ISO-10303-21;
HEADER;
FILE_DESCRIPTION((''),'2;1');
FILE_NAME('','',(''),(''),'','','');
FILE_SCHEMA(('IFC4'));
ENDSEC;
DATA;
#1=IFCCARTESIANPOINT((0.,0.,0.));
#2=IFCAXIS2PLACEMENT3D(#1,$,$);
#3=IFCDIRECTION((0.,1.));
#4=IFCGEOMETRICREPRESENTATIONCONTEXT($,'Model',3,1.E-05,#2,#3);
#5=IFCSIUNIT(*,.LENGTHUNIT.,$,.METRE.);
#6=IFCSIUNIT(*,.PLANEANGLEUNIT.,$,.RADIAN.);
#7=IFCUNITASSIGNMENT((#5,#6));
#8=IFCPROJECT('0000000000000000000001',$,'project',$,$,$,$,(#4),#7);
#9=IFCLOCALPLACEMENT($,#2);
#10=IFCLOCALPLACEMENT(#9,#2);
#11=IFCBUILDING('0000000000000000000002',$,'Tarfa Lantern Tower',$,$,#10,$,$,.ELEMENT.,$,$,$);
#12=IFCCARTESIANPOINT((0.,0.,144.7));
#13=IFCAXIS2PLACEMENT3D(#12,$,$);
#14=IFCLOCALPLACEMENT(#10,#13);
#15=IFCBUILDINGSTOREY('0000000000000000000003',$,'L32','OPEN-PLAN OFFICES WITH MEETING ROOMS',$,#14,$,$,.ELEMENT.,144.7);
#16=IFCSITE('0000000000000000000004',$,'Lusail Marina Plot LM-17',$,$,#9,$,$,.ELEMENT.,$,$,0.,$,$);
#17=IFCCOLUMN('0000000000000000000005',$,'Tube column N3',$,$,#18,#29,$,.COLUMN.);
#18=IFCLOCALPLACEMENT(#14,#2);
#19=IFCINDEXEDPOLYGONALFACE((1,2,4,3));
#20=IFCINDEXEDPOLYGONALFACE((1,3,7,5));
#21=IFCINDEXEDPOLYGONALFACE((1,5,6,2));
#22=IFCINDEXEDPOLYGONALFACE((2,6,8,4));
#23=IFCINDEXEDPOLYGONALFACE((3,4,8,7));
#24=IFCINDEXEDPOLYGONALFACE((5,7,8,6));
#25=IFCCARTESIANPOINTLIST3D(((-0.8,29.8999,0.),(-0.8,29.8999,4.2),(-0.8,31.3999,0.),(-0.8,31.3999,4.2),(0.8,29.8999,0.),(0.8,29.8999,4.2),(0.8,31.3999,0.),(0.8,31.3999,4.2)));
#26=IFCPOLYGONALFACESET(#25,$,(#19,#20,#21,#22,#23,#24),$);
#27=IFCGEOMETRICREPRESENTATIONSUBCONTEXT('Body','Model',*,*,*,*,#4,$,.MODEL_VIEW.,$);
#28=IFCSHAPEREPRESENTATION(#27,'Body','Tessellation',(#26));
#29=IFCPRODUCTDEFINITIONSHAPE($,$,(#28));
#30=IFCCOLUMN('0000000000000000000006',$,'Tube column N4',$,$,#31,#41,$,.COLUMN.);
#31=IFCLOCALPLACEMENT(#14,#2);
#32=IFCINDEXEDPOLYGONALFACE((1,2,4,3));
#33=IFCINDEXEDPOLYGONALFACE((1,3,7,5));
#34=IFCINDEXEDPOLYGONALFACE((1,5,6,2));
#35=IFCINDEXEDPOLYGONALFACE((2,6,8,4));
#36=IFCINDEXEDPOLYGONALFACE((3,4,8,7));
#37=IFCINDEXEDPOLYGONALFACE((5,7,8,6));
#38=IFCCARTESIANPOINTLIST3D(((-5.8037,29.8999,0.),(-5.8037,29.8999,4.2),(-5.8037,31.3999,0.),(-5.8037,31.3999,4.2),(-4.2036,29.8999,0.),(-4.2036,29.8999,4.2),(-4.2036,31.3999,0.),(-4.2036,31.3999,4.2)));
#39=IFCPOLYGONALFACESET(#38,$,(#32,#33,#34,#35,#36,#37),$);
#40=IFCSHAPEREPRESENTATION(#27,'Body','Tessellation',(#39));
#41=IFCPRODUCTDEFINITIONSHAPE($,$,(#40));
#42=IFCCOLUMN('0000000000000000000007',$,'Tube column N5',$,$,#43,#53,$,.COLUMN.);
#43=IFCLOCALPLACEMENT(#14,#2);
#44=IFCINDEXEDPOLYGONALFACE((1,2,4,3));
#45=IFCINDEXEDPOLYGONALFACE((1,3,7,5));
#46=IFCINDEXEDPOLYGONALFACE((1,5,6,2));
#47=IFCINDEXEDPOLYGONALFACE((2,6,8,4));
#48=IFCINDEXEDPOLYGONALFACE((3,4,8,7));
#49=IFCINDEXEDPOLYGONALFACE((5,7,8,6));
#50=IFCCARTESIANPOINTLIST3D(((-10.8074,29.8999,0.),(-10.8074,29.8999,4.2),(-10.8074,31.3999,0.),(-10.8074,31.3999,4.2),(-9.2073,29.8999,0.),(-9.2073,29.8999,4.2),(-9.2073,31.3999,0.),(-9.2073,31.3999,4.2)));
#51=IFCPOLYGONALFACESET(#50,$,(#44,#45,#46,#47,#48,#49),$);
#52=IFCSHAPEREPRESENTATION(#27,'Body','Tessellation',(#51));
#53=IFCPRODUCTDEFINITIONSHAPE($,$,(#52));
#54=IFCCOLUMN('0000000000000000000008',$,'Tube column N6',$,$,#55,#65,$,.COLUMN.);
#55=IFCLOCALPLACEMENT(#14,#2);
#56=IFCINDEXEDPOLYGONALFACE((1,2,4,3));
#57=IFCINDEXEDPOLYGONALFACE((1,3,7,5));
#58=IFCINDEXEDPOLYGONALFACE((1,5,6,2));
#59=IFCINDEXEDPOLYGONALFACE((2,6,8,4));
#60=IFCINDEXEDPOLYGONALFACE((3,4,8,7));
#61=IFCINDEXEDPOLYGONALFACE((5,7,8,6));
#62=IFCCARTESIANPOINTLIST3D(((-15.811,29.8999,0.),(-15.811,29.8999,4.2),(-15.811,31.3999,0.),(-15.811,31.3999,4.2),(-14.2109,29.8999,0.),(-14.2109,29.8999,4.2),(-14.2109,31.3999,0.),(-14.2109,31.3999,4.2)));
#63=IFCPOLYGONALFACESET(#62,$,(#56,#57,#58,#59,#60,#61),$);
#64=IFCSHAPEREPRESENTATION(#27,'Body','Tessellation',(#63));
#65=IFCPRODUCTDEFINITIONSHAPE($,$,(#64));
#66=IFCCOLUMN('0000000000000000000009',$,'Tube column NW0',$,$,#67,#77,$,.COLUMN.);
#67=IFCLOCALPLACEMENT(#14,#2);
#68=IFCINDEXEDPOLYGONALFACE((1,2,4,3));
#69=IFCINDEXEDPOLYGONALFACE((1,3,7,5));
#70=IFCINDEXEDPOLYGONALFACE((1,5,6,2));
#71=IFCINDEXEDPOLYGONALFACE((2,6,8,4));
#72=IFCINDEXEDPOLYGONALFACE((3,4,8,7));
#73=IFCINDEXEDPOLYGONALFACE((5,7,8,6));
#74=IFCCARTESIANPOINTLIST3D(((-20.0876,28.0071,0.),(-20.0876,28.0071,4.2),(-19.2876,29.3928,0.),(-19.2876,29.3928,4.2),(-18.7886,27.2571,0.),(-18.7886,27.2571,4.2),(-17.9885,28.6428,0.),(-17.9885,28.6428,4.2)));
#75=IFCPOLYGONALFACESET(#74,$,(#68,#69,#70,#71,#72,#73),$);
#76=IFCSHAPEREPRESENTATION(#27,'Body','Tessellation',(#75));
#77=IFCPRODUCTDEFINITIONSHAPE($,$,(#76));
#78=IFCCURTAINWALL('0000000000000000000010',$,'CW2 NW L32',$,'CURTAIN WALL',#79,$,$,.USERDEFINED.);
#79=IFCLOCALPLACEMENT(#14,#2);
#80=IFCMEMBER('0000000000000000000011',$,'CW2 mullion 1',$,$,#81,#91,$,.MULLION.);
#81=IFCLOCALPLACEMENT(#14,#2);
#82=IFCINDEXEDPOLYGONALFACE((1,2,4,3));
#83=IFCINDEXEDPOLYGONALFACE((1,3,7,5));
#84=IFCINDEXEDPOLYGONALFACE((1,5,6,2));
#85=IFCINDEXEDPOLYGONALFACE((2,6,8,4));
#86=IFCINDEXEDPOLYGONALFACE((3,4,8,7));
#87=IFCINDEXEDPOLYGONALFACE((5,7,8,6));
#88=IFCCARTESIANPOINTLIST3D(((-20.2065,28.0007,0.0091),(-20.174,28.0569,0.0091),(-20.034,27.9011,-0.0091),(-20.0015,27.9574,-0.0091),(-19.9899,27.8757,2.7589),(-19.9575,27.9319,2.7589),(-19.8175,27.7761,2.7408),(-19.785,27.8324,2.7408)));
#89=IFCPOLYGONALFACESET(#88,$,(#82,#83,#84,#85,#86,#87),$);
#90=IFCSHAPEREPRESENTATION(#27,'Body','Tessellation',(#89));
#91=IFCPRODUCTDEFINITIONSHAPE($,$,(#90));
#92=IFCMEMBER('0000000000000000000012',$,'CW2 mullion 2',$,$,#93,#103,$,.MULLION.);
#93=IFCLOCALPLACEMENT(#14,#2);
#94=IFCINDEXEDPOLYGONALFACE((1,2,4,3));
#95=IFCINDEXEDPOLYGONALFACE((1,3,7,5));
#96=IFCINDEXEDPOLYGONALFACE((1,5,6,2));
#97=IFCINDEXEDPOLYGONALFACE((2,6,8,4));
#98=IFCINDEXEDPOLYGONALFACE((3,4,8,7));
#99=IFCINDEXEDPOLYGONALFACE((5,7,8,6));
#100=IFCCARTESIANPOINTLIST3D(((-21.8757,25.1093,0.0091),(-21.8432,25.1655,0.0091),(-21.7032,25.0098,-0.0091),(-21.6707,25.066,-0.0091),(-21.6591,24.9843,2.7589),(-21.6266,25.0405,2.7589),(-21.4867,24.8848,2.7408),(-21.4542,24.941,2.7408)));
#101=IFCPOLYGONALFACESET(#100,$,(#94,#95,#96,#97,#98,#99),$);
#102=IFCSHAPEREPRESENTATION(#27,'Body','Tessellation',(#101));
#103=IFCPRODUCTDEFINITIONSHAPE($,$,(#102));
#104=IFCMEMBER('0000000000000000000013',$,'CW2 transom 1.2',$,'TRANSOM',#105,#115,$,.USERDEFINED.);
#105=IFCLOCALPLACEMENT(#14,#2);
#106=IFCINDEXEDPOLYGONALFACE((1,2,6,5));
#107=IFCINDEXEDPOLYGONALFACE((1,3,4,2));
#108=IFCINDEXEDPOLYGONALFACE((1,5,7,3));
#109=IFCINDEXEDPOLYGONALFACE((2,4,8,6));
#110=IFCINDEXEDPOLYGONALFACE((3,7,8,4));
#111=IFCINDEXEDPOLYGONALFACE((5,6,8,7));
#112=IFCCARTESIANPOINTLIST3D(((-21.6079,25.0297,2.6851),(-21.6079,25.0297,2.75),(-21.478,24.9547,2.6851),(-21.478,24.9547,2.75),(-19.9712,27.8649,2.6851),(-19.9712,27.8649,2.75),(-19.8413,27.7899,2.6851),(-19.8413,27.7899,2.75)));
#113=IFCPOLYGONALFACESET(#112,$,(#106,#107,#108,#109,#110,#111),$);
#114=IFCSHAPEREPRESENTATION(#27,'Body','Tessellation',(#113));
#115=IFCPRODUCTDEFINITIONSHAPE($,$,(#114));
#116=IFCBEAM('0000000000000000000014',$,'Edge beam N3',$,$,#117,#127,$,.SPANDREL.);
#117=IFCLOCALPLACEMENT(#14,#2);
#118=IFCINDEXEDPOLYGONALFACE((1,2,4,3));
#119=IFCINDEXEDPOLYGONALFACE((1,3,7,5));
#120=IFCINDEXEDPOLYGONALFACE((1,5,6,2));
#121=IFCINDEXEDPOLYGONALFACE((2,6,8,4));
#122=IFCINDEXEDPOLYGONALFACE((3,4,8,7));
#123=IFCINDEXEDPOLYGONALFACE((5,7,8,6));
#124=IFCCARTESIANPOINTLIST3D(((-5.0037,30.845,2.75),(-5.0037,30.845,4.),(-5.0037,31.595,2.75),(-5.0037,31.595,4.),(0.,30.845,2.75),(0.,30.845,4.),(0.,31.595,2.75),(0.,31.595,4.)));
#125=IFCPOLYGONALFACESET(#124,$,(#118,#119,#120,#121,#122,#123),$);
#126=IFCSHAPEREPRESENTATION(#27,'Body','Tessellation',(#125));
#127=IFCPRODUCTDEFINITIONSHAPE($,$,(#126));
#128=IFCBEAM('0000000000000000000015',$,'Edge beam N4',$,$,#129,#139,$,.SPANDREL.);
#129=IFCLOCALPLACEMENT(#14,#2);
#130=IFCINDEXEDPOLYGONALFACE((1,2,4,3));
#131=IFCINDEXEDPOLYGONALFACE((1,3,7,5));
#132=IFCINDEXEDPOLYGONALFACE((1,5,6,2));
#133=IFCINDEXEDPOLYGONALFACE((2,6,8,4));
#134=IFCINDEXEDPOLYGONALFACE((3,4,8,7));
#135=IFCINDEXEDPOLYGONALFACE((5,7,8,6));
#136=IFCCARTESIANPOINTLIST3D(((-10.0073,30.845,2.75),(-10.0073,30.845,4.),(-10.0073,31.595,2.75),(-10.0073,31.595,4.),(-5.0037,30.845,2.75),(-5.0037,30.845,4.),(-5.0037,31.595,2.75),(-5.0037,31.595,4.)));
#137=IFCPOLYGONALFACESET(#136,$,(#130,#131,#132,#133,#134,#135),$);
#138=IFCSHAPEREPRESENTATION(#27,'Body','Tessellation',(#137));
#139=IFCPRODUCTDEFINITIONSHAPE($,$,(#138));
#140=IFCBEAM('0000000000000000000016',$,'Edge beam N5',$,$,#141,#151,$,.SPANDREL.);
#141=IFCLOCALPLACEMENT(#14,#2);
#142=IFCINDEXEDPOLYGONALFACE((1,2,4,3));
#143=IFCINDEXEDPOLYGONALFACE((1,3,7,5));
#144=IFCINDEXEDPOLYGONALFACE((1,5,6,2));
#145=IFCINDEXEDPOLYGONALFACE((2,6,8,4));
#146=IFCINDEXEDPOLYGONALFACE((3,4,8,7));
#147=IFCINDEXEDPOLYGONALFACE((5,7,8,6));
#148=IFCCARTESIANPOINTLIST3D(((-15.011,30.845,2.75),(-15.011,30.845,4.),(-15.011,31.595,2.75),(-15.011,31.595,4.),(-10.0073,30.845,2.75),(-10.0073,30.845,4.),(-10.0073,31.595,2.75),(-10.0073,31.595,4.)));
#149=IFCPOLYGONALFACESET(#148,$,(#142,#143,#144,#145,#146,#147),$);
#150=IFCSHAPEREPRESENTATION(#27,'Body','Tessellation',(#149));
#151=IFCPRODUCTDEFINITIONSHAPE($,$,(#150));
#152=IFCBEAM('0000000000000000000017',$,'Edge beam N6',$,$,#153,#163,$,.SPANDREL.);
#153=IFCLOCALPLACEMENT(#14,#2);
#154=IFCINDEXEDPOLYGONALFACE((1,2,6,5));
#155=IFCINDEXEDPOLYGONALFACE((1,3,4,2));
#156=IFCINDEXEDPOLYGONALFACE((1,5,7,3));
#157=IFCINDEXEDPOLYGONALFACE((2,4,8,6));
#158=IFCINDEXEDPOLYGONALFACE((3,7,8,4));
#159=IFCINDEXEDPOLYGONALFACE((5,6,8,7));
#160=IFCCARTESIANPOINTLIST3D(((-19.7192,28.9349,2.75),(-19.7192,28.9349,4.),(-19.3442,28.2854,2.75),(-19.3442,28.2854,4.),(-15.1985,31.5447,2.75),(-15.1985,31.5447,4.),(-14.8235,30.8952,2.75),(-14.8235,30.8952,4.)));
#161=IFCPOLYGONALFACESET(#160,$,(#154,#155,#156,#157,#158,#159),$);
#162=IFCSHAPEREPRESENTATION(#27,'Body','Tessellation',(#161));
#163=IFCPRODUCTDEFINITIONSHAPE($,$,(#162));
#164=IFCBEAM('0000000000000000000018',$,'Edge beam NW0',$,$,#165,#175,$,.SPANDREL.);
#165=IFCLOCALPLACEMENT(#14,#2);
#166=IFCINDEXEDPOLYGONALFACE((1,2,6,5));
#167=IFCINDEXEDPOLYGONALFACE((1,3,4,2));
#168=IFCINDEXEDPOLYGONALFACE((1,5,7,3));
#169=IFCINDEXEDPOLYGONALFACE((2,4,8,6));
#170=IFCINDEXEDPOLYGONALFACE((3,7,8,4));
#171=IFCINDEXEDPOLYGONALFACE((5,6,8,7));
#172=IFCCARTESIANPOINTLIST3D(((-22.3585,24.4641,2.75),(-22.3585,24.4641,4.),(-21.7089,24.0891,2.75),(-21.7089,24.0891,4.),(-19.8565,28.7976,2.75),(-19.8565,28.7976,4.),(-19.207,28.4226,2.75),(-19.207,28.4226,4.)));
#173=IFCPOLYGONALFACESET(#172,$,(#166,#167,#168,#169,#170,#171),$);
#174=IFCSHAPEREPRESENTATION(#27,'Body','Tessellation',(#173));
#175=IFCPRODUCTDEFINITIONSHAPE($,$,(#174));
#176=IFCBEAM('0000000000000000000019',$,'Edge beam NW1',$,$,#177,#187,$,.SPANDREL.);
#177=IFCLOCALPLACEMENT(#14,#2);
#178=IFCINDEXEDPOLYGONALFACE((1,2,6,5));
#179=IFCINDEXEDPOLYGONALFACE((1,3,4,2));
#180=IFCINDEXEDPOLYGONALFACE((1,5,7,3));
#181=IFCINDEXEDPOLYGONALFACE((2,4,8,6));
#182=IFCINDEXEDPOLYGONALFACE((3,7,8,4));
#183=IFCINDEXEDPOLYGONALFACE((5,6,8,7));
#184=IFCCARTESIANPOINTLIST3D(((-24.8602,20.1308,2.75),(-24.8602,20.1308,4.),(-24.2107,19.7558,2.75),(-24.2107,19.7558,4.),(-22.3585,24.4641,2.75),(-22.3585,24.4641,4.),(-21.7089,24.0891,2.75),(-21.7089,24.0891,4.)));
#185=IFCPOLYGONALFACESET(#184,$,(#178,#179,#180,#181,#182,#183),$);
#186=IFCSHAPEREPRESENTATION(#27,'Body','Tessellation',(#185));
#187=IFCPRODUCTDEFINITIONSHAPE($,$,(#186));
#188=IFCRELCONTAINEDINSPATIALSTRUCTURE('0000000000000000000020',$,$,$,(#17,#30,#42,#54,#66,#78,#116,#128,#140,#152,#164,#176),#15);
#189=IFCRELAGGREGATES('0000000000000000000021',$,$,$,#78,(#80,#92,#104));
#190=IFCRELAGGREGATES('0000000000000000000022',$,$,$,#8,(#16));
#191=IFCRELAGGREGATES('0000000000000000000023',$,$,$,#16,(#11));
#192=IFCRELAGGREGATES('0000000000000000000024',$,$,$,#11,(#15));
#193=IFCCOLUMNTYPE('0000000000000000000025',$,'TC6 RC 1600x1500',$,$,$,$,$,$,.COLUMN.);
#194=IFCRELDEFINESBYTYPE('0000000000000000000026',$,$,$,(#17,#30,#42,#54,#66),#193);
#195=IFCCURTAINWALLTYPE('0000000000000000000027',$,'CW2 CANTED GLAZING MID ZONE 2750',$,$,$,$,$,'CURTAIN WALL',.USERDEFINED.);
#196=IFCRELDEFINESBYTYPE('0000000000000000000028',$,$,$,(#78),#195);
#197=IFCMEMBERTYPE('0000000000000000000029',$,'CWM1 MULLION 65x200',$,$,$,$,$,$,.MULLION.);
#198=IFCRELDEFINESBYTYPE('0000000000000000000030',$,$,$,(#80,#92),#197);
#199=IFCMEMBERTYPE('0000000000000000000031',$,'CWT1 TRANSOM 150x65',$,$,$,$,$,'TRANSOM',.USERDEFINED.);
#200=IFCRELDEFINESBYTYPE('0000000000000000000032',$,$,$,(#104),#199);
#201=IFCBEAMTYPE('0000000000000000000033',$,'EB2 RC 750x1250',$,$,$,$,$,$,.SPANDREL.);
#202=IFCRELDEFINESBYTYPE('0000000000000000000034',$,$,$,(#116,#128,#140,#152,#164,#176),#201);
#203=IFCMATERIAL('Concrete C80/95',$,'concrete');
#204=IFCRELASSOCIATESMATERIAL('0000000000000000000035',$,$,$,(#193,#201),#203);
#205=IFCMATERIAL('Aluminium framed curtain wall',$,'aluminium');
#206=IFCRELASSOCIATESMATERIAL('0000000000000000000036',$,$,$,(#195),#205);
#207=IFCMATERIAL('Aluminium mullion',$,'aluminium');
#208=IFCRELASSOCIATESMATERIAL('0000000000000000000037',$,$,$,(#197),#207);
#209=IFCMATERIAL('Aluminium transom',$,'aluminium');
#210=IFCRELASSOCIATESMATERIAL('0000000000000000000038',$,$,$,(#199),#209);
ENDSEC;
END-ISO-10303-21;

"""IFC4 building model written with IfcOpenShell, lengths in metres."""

from ifc_helpers import new_model, si_unit, direction, frame, origin, origin_2d, place, context, subcontext, project, spatial, rectangle, extrude, material, material_profile, profile_set, type_object, element, aggregate, save


model = new_model("IFC4")

# Units and contexts
model_context = context("Model", 3, precision=1e-05, world=origin(), true_north=direction((0.0, 1.0)))
body_context = subcontext(model_context, "Body", "Model", "MODEL_VIEW")
ifc_project = project(units=[si_unit("LENGTHUNIT", "METRE"), si_unit("PLANEANGLEUNIT", "RADIAN")], contexts=[model_context])

# Site, building, storey
site_placement = place(None, origin())
site = spatial("IfcSite", under=ifc_project, at=site_placement, Name="Lusail Marina Plot LM-17", CompositionType="ELEMENT", RefElevation=0.0)
building_placement = place(site_placement, origin())
building = spatial("IfcBuilding", under=site, at=building_placement, Name="Tarfa Lantern Tower", CompositionType="ELEMENT")
storey_placement = place(building_placement, frame((0.0, 0.0, 144.7)))
storey = spatial("IfcBuildingStorey", under=building, at=storey_placement, Name="L32", Description="OPEN-PLAN OFFICES WITH MEETING ROOMS", CompositionType="ELEMENT", Elevation=144.7)

# Columns
ifc_material_1 = material(Name="Concrete C80/95", Category="concrete")
ifc_material_profile_1 = material_profile(ifc_material_1, rectangle(XDim=1.6001, YDim=1.5, at=origin_2d()), Name="RC 1600x1500")
ifc_profile_set_1 = profile_set([ifc_material_profile_1], Name="Concrete C80/95")
column_type = type_object("IfcColumnType", Name="TC6 RC 1600x1500", PredefinedType="COLUMN", material=ifc_profile_set_1)
for number, where, z_axis, x_axis, name in (
    (1, (0.0, 30.6499, 0.0), (0.0, 0.0, 1.0), (-1.0, 0.0, 0.0), "Tube column N3"),
    (2, (-5.0037, 30.6499, 0.0), (0.0, 0.0, 1.0), (-1.0, 0.0, 0.0), "Tube column N4"),
    (3, (-10.0073, 30.6499, 0.0), (0.0, 0.0, 1.0), (-1.0, 0.0, 0.0), "Tube column N5"),
    (4, (-15.011, 30.6499, 0.0), (0.0, 0.0, 1.0), (-1.0, 0.0, 0.0), "Tube column N6"),
    (5, (-19.0381, 28.325, 0.0), (0.0, 0.0, 1.0), (-0.5, -0.866025, 0.0), "Tube column NW0"),
):
    element("IfcColumn", number, at=place(storey_placement, frame(where, z_axis=z_axis, x_axis=x_axis)), inside=storey, type_object=column_type, Name=name, PredefinedType="COLUMN", context=body_context, shape_type="SweptSolid", body=[
        extrude(rectangle(XDim=1.6001, YDim=1.5, at=origin_2d()), origin(), (0.0, 0.0, 1.0), 4.2),
    ])

# Curtain wall, members
ifc_material_2 = material(Name="Aluminium framed curtain wall", Category="aluminium")
curtain_wall_type = type_object("IfcCurtainWallType", Name="CW2 CANTED GLAZING MID ZONE 2750", ElementType="CURTAIN WALL", PredefinedType="USERDEFINED", material=ifc_material_2)
curtain_wall_placement = place(storey_placement, origin())
curtain_wall = element("IfcCurtainWall", 6, at=curtain_wall_placement, inside=storey, type_object=curtain_wall_type, Name="CW2 NW L32", ObjectType="CURTAIN WALL", PredefinedType="USERDEFINED")
ifc_material_3 = material(Name="Aluminium mullion", Category="aluminium")
ifc_material_profile_2 = material_profile(ifc_material_3, rectangle(XDim=0.0649, YDim=0.2, at=origin_2d()), Name="AL MULLION 65x200")
ifc_profile_set_2 = profile_set([ifc_material_profile_2], Name="Aluminium mullion")
member_type_1 = type_object("IfcMemberType", Name="CWM1 MULLION 65x200", PredefinedType="MULLION", material=ifc_profile_set_2)
member_1_placement = place(storey_placement, frame((-20.104, 27.979, 0.0), z_axis=(0.078423, -0.045268, 0.995892), x_axis=(0.49992, 0.866072, 0.0)))
member_1 = element("IfcMember", 7, at=member_1_placement, type_object=member_type_1, Name="CW2 mullion 1", PredefinedType="MULLION", context=body_context, shape_type="SweptSolid", body=[
    extrude(rectangle(XDim=0.0649, YDim=0.2, at=origin_2d()), origin(), (0.0, 0.0, 1.0), 2.7612),
])
member_2_placement = place(storey_placement, frame((-21.7732, 25.0876, 0.0), z_axis=(0.078423, -0.045268, 0.995892), x_axis=(0.49992, 0.866072, 0.0)))
member_2 = element("IfcMember", 8, at=member_2_placement, type_object=member_type_1, Name="CW2 mullion 2", PredefinedType="MULLION", context=body_context, shape_type="SweptSolid", body=[
    extrude(rectangle(XDim=0.0649, YDim=0.2, at=origin_2d()), origin(), (0.0, 0.0, 1.0), 2.7612),
])
ifc_material_4 = material(Name="Aluminium transom", Category="aluminium")
ifc_material_profile_3 = material_profile(ifc_material_4, rectangle(XDim=0.1499, YDim=0.0649, at=origin_2d()), Name="AL TRANSOM 150x65")
ifc_profile_set_3 = profile_set([ifc_material_profile_3], Name="Aluminium transom")
member_type_2 = type_object("IfcMemberType", Name="CWT1 TRANSOM 150x65", ElementType="TRANSOM", PredefinedType="USERDEFINED", material=ifc_profile_set_3)
member_3_placement = place(storey_placement, frame((-19.9062, 27.8274, 2.7175), z_axis=(-0.499957, -0.86605, 0.0), x_axis=(0.86605, -0.499957, 0.0)))
member_3 = element("IfcMember", 9, at=member_3_placement, type_object=member_type_2, Name="CW2 transom 1.2", ObjectType="TRANSOM", PredefinedType="USERDEFINED", context=body_context, shape_type="SweptSolid", body=[
    extrude(rectangle(XDim=0.1499, YDim=0.0649, at=origin_2d()), origin(), (0.0, 0.0, 1.0), 3.2737),
])

# Beams
ifc_material_profile_4 = material_profile(ifc_material_1, rectangle(XDim=0.75, YDim=1.25, at=origin_2d()), Name="RC 750x1250")
ifc_profile_set_4 = profile_set([ifc_material_profile_4], Name="Concrete C80/95")
beam_type_1 = type_object("IfcBeamType", Name="EB2 RC 750x1250", PredefinedType="SPANDREL", material=ifc_profile_set_4)
for number, where, z_axis, x_axis, name in (
    (10, (0.0, 31.22, 3.375), (-1.0, 0.0, 0.0), (0.0, -1.0, 0.0), "Edge beam N3"),
    (11, (-5.0037, 31.22, 3.375), (-1.0, 0.0, 0.0), (0.0, -1.0, 0.0), "Edge beam N4"),
    (12, (-10.0073, 31.22, 3.375), (-1.0, 0.0, 0.0), (0.0, -1.0, 0.0), "Edge beam N5"),
):
    element("IfcBeam", number, at=place(storey_placement, frame(where, z_axis=z_axis, x_axis=x_axis)), inside=storey, type_object=beam_type_1, Name=name, PredefinedType="SPANDREL", context=body_context, shape_type="SweptSolid", body=[
        extrude(rectangle(XDim=0.75, YDim=1.25, at=origin_2d()), origin(), (0.0, 0.0, 1.0), 5.0037),
    ])
beam_1_placement = place(storey_placement, frame((-15.011, 31.22, 3.375), z_axis=(-0.866042, -0.499972, 0.0), x_axis=(0.499972, -0.866042, 0.0)))
element("IfcBeam", 13, at=beam_1_placement, inside=storey, type_object=beam_type_1, Name="Edge beam N6", PredefinedType="SPANDREL", context=body_context, shape_type="SweptSolid", body=[
    extrude(rectangle(XDim=0.75, YDim=1.25, at=origin_2d()), origin(), (0.0, 0.0, 1.0), 5.22),
])
beam_2_placement = place(storey_placement, frame((-19.5317, 28.6101, 3.375), z_axis=(-0.500001, -0.866025, 0.0), x_axis=(0.866025, -0.500001, 0.0)))
element("IfcBeam", 14, at=beam_2_placement, inside=storey, type_object=beam_type_1, Name="Edge beam NW0", PredefinedType="SPANDREL", context=body_context, shape_type="SweptSolid", body=[
    extrude(rectangle(XDim=0.75, YDim=1.25, at=origin_2d()), origin(), (0.0, 0.0, 1.0), 5.0039),
])
beam_3_placement = place(storey_placement, frame((-22.0337, 24.2766, 3.375), z_axis=(-0.499986, -0.866034, 0.0), x_axis=(0.866034, -0.499986, 0.0)))
element("IfcBeam", 15, at=beam_3_placement, inside=storey, type_object=beam_type_1, Name="Edge beam NW1", PredefinedType="SPANDREL", context=body_context, shape_type="SweptSolid", body=[
    extrude(rectangle(XDim=0.75, YDim=1.25, at=origin_2d()), origin(), (0.0, 0.0, 1.0), 5.0037),
])

aggregate(curtain_wall, [member_1, member_2, member_3])

save(model, "model.ifc")
